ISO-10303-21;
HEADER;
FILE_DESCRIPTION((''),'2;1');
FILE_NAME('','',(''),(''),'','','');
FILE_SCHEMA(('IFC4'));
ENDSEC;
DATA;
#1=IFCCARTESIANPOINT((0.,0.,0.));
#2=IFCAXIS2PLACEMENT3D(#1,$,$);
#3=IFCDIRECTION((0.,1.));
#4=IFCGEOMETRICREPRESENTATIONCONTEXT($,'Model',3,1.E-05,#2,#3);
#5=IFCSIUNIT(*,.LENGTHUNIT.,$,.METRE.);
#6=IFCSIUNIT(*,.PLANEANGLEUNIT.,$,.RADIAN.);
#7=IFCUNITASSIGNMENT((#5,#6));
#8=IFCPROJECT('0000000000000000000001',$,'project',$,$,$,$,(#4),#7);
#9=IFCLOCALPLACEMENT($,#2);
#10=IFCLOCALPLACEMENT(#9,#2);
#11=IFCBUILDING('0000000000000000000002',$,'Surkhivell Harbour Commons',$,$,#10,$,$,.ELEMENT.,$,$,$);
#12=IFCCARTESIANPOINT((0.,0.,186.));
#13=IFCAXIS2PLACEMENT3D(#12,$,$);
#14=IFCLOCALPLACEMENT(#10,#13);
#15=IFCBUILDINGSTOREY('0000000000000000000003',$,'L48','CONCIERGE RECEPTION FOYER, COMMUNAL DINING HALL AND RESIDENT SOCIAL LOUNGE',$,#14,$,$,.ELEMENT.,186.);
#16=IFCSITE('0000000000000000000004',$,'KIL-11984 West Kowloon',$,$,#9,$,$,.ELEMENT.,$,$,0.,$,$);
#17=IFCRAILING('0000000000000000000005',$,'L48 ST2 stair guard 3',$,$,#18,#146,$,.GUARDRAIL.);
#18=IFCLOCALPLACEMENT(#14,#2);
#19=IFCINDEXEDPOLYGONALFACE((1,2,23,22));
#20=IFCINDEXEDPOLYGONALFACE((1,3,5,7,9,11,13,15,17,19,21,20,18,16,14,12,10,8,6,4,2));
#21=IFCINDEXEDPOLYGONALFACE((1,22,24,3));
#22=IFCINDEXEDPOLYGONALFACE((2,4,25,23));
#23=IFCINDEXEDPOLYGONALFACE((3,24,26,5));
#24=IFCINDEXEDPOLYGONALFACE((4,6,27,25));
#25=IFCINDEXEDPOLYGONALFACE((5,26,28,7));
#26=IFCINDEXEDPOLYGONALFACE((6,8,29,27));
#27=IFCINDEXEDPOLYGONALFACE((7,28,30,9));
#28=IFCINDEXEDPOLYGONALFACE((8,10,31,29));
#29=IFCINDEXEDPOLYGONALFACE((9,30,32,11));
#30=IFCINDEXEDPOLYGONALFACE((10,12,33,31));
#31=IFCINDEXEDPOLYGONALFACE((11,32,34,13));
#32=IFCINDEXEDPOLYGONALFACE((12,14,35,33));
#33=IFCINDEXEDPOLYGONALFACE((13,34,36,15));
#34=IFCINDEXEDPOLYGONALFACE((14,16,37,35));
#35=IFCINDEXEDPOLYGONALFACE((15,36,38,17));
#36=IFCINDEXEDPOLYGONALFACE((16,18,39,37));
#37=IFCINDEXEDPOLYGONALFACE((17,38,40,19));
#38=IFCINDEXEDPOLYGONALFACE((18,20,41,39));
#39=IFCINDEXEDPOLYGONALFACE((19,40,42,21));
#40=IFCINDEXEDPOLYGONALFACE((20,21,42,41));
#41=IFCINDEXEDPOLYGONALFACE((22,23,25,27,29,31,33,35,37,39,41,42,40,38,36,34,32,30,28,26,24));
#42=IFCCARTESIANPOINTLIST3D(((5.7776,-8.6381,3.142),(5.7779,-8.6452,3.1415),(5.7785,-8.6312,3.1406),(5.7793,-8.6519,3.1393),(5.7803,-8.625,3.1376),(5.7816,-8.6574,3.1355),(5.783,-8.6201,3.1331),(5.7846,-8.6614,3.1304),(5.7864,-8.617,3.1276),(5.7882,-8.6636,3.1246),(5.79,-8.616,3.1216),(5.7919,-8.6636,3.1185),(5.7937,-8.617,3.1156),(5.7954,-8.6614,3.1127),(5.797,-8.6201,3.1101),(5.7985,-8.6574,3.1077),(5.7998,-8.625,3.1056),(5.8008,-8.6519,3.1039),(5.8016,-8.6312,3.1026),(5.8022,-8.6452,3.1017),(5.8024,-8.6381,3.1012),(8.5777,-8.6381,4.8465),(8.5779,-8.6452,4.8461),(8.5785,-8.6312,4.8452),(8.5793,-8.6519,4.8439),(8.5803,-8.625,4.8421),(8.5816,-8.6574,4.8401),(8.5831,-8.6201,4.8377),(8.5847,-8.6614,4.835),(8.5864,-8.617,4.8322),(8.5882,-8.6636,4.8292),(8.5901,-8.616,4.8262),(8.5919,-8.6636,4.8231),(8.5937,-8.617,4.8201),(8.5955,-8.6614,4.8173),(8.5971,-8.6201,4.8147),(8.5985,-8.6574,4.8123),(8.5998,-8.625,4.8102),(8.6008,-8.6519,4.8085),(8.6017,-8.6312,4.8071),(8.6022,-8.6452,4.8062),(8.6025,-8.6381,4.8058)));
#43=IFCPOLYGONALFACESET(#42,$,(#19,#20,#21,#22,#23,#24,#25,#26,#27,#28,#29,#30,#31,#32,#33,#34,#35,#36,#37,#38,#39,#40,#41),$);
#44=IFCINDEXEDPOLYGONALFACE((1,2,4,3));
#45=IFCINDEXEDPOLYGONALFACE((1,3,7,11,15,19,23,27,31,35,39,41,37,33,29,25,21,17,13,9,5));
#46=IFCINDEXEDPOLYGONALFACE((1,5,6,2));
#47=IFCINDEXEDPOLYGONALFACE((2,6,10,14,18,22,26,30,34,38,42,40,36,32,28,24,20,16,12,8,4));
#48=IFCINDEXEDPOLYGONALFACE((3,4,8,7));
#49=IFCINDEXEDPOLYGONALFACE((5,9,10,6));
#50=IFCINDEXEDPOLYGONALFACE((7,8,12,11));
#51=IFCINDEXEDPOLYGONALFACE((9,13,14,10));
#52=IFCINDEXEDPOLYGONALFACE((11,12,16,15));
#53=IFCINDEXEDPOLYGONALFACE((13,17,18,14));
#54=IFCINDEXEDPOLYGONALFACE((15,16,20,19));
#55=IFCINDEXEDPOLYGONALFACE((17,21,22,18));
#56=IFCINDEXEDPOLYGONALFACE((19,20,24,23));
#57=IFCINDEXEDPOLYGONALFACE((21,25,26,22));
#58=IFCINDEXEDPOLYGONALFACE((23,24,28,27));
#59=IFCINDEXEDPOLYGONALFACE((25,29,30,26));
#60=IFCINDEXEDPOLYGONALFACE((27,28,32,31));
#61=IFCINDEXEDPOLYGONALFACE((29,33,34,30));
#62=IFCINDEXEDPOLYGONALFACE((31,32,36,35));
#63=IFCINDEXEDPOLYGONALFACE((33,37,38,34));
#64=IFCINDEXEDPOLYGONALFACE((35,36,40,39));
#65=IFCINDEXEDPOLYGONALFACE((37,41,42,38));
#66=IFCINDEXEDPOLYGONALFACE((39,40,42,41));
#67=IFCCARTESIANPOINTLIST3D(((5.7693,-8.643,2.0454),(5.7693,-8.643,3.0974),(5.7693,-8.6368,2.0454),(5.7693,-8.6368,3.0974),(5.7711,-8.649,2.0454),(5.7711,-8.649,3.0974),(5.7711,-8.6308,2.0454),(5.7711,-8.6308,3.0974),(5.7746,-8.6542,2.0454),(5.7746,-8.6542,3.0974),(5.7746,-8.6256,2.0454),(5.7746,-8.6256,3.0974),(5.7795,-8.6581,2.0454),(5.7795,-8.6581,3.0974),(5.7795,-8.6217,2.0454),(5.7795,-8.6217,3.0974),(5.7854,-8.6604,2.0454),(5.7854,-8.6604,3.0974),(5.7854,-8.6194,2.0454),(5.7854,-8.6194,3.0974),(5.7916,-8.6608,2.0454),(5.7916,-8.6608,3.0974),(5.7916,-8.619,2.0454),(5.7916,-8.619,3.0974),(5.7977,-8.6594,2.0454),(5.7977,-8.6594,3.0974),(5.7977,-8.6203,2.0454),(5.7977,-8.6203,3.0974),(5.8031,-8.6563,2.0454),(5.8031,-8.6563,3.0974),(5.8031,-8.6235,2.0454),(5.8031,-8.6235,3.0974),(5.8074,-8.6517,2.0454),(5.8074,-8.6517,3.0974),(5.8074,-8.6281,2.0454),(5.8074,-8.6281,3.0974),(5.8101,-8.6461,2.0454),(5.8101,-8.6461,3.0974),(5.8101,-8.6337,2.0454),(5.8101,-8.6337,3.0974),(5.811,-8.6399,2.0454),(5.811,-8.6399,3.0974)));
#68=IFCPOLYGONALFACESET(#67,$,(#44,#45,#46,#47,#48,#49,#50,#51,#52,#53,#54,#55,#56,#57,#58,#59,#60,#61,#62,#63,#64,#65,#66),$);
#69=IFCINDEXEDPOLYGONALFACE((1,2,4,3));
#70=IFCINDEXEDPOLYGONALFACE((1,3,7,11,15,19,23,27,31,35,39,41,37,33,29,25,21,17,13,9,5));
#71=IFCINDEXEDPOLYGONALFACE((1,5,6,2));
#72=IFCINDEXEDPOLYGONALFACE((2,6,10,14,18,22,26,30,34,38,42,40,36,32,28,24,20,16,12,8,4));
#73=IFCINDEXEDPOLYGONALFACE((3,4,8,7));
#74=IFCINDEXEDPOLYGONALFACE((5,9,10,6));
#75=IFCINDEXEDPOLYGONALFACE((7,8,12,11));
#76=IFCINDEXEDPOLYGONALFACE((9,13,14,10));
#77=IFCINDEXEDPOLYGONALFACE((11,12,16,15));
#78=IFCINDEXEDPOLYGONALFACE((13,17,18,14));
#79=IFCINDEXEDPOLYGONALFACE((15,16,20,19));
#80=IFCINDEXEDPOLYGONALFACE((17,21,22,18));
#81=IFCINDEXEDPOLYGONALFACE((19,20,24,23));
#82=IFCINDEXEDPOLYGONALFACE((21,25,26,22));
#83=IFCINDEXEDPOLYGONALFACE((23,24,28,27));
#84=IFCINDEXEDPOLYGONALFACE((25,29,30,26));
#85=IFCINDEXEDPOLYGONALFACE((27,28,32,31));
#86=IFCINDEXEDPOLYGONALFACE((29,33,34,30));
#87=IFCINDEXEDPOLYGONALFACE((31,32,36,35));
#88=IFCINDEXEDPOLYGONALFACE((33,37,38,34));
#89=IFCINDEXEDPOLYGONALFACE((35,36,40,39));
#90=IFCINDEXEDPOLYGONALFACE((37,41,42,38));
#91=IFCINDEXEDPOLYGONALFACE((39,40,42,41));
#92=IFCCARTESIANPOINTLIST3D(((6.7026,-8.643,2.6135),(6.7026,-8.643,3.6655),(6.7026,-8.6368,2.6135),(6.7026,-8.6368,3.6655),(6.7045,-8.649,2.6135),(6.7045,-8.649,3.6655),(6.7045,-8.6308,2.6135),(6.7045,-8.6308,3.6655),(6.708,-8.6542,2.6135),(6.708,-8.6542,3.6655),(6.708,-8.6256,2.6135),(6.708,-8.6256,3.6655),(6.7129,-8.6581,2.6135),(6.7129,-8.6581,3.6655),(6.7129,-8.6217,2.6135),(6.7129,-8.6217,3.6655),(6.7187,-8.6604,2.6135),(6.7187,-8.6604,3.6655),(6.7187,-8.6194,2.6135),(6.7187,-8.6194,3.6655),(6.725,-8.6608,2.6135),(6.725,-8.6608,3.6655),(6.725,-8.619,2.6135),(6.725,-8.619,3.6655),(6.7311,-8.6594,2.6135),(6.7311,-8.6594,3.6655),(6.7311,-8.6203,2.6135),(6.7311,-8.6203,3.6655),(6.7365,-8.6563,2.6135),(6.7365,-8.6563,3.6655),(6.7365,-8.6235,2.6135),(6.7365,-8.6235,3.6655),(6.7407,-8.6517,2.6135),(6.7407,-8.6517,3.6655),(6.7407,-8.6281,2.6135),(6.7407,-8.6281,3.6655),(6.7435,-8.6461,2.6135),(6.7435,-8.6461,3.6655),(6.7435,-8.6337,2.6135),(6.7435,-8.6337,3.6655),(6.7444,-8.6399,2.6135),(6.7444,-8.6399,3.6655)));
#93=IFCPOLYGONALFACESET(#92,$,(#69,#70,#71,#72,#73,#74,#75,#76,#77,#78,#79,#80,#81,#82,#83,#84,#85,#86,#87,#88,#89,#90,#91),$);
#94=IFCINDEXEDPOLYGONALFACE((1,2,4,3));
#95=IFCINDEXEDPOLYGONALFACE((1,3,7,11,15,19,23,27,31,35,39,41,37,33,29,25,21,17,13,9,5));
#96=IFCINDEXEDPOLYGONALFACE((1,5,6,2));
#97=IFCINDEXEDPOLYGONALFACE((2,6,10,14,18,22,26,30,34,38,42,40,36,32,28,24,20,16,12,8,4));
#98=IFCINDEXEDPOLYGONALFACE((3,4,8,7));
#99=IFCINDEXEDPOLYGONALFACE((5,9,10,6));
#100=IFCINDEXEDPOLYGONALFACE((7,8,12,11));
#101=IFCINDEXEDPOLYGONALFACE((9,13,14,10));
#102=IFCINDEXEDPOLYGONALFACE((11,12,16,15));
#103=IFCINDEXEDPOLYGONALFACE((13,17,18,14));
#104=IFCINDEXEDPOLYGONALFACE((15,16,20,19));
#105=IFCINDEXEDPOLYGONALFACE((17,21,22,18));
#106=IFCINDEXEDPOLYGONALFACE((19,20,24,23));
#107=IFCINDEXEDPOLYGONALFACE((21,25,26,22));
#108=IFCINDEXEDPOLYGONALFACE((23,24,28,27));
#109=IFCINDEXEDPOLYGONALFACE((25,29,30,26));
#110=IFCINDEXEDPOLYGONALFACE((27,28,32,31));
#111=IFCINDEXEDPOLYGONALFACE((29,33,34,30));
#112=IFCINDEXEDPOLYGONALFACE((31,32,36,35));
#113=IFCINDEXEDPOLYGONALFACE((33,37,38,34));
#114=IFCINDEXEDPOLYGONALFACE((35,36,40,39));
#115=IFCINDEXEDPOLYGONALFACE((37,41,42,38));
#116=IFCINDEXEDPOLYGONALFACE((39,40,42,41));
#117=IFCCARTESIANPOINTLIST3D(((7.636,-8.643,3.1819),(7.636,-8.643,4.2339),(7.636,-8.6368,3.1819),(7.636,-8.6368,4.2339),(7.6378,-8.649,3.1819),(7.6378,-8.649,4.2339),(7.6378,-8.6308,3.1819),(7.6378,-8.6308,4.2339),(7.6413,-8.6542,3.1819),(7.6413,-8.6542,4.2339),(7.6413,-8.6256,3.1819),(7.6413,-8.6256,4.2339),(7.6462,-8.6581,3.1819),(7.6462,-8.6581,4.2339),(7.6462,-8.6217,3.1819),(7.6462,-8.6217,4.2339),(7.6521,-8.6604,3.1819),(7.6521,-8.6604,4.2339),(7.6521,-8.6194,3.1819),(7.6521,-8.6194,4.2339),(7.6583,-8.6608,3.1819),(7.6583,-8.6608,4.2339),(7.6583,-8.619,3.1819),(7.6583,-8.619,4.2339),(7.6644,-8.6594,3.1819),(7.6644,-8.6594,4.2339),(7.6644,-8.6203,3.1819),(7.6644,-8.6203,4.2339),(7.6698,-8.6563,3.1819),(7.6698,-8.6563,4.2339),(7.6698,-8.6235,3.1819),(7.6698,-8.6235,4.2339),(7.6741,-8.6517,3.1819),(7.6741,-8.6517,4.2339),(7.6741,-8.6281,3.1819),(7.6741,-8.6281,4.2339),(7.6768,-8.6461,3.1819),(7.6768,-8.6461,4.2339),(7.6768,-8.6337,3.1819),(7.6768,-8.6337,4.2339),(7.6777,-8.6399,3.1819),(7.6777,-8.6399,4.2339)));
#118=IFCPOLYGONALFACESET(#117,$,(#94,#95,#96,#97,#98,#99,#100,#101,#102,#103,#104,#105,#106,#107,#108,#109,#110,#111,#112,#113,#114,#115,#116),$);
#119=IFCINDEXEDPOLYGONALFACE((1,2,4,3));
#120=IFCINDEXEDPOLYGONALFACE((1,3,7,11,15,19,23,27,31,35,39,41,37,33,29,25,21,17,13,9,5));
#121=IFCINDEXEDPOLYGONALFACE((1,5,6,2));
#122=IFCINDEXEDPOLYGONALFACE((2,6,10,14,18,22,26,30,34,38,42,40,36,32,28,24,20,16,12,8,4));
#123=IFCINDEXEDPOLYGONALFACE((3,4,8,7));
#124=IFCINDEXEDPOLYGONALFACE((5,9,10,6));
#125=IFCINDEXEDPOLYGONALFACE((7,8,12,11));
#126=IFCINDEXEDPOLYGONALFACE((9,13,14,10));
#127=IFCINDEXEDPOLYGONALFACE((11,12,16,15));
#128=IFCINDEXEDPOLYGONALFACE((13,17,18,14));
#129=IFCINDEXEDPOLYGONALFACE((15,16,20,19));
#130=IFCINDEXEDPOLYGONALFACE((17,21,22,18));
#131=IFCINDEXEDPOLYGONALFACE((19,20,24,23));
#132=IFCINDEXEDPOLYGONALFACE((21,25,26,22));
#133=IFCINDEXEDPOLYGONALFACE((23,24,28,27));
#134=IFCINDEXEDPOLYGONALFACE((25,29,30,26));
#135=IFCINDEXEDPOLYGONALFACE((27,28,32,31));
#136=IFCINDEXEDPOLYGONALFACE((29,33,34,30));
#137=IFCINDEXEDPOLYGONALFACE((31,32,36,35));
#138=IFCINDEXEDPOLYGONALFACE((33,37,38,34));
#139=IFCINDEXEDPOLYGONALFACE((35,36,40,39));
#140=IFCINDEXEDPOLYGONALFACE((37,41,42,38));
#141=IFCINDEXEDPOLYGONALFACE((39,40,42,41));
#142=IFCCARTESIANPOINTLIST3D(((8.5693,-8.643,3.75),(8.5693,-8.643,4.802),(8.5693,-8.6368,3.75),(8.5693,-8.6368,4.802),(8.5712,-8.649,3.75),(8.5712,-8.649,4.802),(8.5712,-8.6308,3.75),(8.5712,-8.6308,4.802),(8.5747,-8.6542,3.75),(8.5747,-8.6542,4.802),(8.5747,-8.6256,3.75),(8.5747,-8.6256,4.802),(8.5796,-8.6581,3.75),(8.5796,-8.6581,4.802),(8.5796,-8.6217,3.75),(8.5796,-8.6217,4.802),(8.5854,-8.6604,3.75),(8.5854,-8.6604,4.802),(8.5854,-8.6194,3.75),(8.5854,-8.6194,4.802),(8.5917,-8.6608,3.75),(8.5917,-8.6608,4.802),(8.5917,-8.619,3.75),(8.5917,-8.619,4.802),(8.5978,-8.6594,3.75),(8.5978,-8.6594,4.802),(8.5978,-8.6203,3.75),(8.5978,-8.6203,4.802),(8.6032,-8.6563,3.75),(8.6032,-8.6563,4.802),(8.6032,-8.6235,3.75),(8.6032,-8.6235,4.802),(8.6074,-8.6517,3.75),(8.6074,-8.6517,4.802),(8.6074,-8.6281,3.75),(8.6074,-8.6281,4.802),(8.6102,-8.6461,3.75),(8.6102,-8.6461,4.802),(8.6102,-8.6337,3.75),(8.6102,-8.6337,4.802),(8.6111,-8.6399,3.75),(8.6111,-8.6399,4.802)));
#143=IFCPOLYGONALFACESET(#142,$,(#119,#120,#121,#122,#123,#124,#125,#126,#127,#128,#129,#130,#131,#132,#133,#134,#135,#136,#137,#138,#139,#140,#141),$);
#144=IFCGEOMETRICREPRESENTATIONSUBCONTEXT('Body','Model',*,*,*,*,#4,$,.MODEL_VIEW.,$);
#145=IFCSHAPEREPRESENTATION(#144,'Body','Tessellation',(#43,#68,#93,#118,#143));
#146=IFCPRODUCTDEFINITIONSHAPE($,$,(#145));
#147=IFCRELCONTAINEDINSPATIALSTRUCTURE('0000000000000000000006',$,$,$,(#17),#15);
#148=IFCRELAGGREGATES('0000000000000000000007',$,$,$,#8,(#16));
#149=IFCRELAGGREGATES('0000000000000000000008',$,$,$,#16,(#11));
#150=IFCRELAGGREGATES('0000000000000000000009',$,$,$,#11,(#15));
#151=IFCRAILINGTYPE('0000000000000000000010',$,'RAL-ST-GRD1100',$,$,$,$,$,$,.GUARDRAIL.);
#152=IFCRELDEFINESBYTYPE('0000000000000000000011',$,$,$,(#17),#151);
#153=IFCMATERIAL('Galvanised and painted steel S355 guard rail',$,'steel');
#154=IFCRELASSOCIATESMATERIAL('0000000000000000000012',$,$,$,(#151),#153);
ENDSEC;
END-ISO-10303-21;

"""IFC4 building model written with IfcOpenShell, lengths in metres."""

from ifc_helpers import new_model, si_unit, direction, frame, origin, origin_2d, place, context, subcontext, project, spatial, circle, extrude, material, type_object, element, save


model = new_model("IFC4")

# Units and contexts
model_context = context("Model", 3, precision=1e-05, world=origin(), true_north=direction((0.0, 1.0)))
body_context = subcontext(model_context, "Body", "Model", "MODEL_VIEW")
ifc_project = project(units=[si_unit("LENGTHUNIT", "METRE"), si_unit("PLANEANGLEUNIT", "RADIAN")], contexts=[model_context])

# Site, building, storey
site_placement = place(None, origin())
site = spatial("IfcSite", under=ifc_project, at=site_placement, Name="KIL-11984 West Kowloon", CompositionType="ELEMENT", RefElevation=0.0)
building_placement = place(site_placement, origin())
building = spatial("IfcBuilding", under=site, at=building_placement, Name="Surkhivell Harbour Commons", CompositionType="ELEMENT")
storey_placement = place(building_placement, frame((0.0, 0.0, 186.0)))
storey = spatial("IfcBuildingStorey", under=building, at=storey_placement, Name="L48", Description="CONCIERGE RECEPTION FOYER, COMMUNAL DINING HALL AND RESIDENT SOCIAL LOUNGE", CompositionType="ELEMENT", Elevation=186.0)

# Railing
ifc_material_1 = material(Name="Galvanised and painted steel S355 guard rail", Category="steel")
railing_type_1 = type_object("IfcRailingType", Name="RAL-ST-GRD1100", PredefinedType="GUARDRAIL", material=ifc_material_1)
railing_1_placement = place(storey_placement, frame((5.79, -8.6399, 2.0454)))
element("IfcRailing", 1, at=railing_1_placement, inside=storey, type_object=railing_type_1, Name="L48 ST2 stair guard 3", PredefinedType="GUARDRAIL", context=body_context, shape_type="SweptSolid", body=[
    extrude(circle(Radius=0.0239, at=origin_2d()), frame((0.0, 0.0, 1.0762), z_axis=(0.85417, 0.0, 0.519994), x_axis=(0.0, 1.0, 0.0)), (0.0, 0.0, 1.0), 3.2781),
    extrude(circle(Radius=0.021, at=origin_2d()), origin(), (0.0, 0.0, 1.0), 1.052),
    extrude(circle(Radius=0.021, at=origin_2d()), frame((0.9333, 0.0, 0.5681)), (0.0, 0.0, 1.0), 1.052),
    extrude(circle(Radius=0.021, at=origin_2d()), frame((1.8667, 0.0, 1.1365)), (0.0, 0.0, 1.0), 1.052),
    extrude(circle(Radius=0.021, at=origin_2d()), frame((2.8, 0.0, 1.7046)), (0.0, 0.0, 1.0), 1.052),
])

save(model, "model.ifc")
